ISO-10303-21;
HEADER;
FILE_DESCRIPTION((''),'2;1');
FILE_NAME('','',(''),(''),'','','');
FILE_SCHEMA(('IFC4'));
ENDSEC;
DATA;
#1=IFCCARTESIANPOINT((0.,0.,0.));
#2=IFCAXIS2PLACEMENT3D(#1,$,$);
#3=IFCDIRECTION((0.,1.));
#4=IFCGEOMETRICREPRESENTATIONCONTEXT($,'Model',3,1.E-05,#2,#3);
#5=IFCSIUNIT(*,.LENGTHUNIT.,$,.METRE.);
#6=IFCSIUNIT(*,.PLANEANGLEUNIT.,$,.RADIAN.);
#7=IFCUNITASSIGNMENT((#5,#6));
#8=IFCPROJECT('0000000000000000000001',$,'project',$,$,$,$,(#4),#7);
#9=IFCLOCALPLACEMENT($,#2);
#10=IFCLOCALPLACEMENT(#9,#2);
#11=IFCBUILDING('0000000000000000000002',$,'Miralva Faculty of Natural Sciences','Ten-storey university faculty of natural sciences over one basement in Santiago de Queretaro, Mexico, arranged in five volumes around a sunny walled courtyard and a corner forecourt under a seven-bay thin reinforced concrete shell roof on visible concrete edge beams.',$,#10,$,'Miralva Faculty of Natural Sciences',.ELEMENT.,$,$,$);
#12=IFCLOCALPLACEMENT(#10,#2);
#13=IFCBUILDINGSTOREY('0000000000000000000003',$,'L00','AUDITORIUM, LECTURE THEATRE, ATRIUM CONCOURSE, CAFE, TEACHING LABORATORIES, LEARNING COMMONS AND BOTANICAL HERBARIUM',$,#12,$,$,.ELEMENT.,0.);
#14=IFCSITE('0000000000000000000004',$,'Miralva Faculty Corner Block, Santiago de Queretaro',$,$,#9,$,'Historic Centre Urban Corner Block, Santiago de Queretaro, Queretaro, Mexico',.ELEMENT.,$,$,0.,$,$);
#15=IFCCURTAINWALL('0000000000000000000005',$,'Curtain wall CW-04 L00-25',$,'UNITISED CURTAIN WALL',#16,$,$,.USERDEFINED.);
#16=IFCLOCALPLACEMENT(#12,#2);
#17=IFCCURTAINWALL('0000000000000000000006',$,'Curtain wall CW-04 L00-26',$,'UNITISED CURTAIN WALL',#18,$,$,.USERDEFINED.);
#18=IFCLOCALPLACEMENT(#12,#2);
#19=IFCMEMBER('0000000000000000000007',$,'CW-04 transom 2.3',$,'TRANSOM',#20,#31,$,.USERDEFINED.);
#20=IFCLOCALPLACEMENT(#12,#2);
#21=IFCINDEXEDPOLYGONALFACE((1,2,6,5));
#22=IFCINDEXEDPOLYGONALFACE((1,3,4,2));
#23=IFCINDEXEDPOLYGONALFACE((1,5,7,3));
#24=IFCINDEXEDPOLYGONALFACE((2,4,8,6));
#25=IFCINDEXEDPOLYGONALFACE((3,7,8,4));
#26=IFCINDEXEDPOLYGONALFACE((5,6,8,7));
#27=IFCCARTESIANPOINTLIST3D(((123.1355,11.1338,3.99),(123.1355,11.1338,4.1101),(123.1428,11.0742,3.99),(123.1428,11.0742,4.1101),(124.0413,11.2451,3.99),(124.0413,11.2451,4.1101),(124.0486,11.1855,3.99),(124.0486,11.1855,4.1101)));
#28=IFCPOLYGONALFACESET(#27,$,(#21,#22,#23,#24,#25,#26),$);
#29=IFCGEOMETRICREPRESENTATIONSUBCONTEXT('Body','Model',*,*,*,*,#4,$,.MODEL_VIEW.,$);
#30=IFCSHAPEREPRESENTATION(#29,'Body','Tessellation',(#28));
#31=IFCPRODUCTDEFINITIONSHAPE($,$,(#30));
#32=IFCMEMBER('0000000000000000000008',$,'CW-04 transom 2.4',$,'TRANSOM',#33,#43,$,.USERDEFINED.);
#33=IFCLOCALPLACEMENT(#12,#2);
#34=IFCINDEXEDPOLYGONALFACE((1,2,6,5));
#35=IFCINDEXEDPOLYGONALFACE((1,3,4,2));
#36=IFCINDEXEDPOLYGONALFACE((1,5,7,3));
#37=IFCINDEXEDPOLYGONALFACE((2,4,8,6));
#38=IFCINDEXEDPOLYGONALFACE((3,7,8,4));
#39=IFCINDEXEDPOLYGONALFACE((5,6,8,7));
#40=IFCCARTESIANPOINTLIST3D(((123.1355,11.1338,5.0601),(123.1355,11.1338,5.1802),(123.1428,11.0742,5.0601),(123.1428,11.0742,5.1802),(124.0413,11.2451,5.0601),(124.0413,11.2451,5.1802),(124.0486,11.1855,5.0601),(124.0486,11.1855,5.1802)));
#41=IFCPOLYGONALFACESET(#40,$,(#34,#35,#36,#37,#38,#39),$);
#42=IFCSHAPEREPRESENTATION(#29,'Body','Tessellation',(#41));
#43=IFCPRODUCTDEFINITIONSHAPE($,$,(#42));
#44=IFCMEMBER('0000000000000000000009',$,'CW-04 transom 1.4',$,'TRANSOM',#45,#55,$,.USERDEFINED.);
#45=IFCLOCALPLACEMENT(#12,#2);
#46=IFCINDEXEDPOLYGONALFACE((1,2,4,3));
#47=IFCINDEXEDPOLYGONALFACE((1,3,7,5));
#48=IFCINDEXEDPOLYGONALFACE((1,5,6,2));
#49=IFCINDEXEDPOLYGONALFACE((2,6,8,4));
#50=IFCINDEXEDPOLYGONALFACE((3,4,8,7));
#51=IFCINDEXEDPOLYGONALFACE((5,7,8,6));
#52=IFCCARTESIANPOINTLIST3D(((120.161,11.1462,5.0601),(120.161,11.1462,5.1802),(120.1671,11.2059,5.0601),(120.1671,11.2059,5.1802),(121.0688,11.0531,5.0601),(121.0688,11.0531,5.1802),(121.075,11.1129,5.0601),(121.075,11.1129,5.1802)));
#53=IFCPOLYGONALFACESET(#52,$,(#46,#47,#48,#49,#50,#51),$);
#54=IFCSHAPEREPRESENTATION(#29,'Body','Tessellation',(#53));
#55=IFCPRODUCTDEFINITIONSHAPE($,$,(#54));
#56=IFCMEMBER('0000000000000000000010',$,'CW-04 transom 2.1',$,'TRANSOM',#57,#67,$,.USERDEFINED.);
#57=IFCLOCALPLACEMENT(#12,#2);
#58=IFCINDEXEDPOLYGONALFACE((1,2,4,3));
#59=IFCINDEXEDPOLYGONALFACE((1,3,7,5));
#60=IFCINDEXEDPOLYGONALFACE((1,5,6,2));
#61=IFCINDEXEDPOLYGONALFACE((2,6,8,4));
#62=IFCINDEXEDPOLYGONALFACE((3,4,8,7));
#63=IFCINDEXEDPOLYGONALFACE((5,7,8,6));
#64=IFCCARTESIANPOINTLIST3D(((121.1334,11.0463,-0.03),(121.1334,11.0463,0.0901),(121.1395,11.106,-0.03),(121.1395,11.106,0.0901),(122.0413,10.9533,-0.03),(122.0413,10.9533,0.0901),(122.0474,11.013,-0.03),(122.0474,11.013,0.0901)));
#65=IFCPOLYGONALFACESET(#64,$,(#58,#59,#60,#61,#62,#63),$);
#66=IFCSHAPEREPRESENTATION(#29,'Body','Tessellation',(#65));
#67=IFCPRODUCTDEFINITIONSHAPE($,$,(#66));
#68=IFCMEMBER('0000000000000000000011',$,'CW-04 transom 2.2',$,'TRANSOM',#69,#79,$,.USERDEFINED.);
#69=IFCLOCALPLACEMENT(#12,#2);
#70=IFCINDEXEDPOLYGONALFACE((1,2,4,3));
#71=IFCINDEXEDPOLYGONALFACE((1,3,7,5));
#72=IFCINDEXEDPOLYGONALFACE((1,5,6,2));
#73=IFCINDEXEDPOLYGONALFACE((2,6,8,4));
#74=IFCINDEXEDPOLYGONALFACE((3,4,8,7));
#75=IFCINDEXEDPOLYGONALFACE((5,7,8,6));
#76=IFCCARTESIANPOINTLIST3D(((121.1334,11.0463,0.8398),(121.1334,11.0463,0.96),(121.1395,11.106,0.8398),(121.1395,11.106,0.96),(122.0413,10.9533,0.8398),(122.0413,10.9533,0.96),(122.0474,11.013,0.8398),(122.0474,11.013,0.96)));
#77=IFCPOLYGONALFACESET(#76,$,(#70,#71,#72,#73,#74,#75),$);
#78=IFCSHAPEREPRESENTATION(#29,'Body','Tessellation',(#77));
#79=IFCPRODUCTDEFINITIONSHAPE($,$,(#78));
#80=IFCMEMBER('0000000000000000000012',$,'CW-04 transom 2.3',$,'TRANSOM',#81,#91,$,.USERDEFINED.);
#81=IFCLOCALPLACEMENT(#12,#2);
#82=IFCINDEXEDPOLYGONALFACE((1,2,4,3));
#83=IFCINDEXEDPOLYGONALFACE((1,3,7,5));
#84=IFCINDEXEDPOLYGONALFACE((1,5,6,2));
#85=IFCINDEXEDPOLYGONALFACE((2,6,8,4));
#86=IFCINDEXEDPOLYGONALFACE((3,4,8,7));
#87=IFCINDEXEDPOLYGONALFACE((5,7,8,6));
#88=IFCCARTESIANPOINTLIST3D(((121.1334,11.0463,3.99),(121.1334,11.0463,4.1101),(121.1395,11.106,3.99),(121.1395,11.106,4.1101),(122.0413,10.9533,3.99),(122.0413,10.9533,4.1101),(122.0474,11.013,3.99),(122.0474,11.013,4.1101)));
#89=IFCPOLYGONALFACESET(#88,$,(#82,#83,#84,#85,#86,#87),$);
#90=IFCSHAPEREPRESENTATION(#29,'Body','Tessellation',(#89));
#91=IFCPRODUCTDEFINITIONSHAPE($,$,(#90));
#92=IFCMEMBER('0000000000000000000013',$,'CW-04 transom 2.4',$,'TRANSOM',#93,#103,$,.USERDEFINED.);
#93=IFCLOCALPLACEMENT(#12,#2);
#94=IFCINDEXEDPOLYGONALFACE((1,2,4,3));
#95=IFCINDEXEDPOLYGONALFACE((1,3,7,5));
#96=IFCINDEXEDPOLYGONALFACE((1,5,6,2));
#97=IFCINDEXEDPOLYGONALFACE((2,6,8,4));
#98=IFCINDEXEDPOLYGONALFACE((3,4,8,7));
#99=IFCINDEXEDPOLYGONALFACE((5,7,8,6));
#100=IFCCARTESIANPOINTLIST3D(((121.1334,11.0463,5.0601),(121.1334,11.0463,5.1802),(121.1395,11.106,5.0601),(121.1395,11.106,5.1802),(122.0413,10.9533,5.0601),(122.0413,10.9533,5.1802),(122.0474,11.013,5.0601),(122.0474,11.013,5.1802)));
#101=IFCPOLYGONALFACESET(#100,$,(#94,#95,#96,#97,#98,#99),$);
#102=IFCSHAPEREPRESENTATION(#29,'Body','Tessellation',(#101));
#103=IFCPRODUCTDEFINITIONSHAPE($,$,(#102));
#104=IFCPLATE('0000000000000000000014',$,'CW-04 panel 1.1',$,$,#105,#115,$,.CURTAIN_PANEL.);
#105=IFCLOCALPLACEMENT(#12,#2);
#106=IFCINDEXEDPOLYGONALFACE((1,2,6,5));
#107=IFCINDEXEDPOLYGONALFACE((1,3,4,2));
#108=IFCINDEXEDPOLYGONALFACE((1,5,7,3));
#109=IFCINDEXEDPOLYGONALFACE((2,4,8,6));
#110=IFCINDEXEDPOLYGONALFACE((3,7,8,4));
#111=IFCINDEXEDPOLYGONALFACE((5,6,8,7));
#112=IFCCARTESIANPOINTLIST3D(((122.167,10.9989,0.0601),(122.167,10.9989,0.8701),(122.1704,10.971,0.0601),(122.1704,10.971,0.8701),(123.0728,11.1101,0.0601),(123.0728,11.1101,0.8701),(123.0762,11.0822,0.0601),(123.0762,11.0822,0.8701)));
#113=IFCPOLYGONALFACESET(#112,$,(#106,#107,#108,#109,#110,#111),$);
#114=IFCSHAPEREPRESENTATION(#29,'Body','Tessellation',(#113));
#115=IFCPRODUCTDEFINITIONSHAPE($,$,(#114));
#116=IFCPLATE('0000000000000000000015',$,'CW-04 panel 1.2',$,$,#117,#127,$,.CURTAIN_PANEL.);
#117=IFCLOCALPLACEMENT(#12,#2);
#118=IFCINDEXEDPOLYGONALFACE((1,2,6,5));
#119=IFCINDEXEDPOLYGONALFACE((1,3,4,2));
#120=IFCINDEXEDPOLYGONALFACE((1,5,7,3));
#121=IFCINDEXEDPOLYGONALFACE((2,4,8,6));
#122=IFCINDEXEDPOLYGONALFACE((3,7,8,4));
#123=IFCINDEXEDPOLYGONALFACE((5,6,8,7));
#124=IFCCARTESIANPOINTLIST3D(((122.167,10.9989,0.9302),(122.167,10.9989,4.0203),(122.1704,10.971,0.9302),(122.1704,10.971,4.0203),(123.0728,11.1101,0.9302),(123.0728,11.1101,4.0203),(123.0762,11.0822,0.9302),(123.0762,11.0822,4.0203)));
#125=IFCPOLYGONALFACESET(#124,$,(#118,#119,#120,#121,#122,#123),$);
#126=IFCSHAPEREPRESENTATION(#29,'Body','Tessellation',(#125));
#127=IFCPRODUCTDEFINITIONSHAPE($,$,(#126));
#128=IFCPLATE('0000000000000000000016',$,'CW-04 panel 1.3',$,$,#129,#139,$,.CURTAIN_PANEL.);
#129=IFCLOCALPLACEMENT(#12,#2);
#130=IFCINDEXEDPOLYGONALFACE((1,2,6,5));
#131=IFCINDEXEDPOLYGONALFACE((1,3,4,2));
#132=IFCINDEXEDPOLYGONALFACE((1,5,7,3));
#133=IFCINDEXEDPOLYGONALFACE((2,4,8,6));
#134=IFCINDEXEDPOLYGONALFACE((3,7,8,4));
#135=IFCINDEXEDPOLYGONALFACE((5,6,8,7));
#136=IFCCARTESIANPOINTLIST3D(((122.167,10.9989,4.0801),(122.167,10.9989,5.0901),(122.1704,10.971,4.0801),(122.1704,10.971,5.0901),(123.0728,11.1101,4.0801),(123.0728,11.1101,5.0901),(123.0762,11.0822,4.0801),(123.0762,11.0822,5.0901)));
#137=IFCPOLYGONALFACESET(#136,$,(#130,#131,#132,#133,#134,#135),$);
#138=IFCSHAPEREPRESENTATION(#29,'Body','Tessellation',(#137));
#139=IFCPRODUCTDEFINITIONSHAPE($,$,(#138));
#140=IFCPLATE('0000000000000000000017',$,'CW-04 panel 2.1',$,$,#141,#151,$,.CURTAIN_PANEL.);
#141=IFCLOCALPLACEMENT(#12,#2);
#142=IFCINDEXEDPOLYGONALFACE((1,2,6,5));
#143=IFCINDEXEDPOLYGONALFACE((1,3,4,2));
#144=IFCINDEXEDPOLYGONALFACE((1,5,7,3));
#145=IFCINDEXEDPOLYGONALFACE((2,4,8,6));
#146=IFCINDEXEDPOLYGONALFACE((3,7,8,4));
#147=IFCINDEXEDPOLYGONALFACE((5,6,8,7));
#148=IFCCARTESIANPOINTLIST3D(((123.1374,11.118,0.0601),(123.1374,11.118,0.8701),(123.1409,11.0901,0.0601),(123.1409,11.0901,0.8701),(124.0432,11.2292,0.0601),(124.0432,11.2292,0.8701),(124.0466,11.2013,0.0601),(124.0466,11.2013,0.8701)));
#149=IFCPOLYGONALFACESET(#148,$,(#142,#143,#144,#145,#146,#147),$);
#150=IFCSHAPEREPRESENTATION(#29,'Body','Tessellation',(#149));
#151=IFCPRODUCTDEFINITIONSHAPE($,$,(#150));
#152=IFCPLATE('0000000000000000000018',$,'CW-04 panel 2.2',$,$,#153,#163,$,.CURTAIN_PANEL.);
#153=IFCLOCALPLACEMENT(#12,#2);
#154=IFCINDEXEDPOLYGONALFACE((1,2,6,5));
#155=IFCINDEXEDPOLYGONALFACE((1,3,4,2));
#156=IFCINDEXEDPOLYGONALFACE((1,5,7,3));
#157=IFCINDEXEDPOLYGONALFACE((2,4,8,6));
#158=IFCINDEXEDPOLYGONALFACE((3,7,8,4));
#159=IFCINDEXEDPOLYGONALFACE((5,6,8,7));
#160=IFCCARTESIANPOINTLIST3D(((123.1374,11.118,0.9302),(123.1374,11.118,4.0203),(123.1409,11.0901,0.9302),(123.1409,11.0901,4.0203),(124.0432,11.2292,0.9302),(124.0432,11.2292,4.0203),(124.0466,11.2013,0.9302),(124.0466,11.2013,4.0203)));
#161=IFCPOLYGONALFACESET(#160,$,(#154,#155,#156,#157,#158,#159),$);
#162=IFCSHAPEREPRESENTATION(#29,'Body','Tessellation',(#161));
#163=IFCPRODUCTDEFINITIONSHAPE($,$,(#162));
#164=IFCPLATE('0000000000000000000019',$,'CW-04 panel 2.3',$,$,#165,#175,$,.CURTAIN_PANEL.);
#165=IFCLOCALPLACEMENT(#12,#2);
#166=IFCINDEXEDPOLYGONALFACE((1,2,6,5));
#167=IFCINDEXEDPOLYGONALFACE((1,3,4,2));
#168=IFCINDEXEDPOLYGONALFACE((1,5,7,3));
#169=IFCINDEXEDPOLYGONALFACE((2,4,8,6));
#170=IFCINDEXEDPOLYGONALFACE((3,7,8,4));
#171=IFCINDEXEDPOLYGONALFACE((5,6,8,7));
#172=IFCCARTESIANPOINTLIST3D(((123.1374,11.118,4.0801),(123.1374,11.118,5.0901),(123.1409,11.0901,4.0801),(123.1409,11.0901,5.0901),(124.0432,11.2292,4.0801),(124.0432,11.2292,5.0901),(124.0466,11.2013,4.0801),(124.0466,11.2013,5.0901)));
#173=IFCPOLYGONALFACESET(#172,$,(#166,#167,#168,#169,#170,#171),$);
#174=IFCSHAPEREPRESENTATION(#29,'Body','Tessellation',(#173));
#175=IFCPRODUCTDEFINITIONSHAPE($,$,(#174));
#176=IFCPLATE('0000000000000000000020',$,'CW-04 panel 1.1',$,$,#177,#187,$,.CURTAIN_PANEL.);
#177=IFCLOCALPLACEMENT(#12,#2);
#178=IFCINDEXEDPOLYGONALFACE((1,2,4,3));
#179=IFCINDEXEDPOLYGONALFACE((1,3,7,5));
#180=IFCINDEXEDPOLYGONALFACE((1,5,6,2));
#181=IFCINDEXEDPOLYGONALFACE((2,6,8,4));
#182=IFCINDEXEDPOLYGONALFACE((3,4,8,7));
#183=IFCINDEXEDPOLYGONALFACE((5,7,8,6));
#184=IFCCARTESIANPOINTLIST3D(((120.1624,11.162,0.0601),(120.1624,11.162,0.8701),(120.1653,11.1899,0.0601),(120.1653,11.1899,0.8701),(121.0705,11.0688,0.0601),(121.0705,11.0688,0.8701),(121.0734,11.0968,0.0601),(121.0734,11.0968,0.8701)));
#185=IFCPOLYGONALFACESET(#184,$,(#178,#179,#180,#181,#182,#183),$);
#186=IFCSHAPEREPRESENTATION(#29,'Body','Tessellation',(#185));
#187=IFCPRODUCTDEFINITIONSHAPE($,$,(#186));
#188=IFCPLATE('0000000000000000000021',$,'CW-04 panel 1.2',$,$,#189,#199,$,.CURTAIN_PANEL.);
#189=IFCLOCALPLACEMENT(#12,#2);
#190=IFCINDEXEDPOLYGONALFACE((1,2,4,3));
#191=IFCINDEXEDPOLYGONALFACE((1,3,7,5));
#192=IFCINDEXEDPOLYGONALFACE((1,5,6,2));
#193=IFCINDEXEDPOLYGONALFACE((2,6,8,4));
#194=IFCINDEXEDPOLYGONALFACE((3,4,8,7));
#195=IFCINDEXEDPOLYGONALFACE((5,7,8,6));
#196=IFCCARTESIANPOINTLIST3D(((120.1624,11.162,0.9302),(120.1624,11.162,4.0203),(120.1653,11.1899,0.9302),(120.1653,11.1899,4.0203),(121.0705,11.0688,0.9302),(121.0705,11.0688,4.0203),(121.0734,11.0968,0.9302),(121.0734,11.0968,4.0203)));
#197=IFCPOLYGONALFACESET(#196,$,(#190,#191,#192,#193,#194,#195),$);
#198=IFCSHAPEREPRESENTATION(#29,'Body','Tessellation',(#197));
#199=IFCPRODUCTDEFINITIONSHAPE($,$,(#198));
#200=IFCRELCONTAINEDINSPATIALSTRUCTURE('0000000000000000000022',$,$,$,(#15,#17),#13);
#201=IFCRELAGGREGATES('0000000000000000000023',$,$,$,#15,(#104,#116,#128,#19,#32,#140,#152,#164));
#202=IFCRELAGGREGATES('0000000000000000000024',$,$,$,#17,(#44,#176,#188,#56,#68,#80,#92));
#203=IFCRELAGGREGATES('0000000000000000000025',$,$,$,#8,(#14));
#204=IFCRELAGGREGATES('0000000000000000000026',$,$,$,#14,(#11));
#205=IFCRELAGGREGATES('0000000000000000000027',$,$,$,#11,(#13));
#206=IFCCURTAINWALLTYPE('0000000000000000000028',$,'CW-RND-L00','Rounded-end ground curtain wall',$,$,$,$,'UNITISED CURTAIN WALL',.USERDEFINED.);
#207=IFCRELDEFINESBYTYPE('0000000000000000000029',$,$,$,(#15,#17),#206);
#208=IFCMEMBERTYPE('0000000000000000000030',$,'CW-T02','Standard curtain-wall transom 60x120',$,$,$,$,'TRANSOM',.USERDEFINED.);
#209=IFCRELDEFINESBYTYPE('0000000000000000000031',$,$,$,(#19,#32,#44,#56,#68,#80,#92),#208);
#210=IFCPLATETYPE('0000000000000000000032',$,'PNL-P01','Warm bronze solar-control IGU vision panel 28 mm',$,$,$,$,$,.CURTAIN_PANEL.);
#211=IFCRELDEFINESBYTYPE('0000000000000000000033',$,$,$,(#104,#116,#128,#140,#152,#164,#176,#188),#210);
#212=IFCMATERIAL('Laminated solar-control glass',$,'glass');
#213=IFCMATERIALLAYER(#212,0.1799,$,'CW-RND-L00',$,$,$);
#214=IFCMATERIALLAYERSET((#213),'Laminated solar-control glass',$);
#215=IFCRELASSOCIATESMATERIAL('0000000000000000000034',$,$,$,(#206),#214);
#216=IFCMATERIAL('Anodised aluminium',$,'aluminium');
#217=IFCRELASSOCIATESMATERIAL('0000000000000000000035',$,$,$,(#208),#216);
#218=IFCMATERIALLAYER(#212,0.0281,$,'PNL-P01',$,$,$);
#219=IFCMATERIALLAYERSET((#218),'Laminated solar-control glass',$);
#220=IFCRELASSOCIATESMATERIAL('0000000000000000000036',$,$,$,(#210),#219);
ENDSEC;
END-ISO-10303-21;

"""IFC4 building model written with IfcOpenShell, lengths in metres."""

from ifc_helpers import new_model, si_unit, direction, frame, origin, origin_2d, place, context, subcontext, project, spatial, rectangle, extrude, material, layer, layer_set, material_profile, profile_set, type_object, element, aggregate, save


model = new_model("IFC4")

# Units and contexts
model_context = context("Model", 3, precision=1e-05, world=origin(), true_north=direction((0.0, 1.0)))
body_context = subcontext(model_context, "Body", "Model", "MODEL_VIEW")
ifc_project = project(units=[si_unit("LENGTHUNIT", "METRE"), si_unit("PLANEANGLEUNIT", "RADIAN")], contexts=[model_context])

# Site, building, storey
site_placement = place(None, origin())
site = spatial("IfcSite", under=ifc_project, at=site_placement, Name="Miralva Faculty Corner Block, Santiago de Queretaro", LongName="Historic Centre Urban Corner Block, Santiago de Queretaro, Queretaro, Mexico", CompositionType="ELEMENT", RefElevation=0.0)
building_placement = place(site_placement, origin())
building = spatial("IfcBuilding", under=site, at=building_placement, Name="Miralva Faculty of Natural Sciences", Description="Ten-storey university faculty of natural sciences over one basement in Santiago de Queretaro, Mexico, arranged in five volumes around a sunny walled courtyard and a corner forecourt under a seven-bay thin reinforced concrete shell roof on visible concrete edge beams.", LongName="Miralva Faculty of Natural Sciences", CompositionType="ELEMENT")
storey_placement = place(building_placement, origin())
storey = spatial("IfcBuildingStorey", under=building, at=storey_placement, Name="L00", Description="AUDITORIUM, LECTURE THEATRE, ATRIUM CONCOURSE, CAFE, TEACHING LABORATORIES, LEARNING COMMONS AND BOTANICAL HERBARIUM", CompositionType="ELEMENT", Elevation=0.0)

# Shared definitions
ifc_material_1 = material(Name="Laminated solar-control glass", Category="glass")
ifc_layer_1 = layer(ifc_material_1, 0.1799, Name="CW-RND-L00")
ifc_layer_set_1 = layer_set([ifc_layer_1], Name="Laminated solar-control glass")
curtain_wall_type = type_object("IfcCurtainWallType", Name="CW-RND-L00", Description="Rounded-end ground curtain wall", ElementType="UNITISED CURTAIN WALL", PredefinedType="USERDEFINED", material=ifc_layer_set_1)
ifc_material_2 = material(Name="Anodised aluminium", Category="aluminium")

# Curtain walls
curtain_wall_1_placement = place(storey_placement, origin())
curtain_wall_1 = element("IfcCurtainWall", 1, at=curtain_wall_1_placement, inside=storey, type_object=curtain_wall_type, Name="Curtain wall CW-04 L00-25", ObjectType="UNITISED CURTAIN WALL", PredefinedType="USERDEFINED")
curtain_wall_2_placement = place(storey_placement, origin())
curtain_wall_2 = element("IfcCurtainWall", 2, at=curtain_wall_2_placement, inside=storey, type_object=curtain_wall_type, Name="Curtain wall CW-04 L00-26", ObjectType="UNITISED CURTAIN WALL", PredefinedType="USERDEFINED")

# Members
ifc_material_profile_1 = material_profile(ifc_material_2, rectangle(XDim=0.0601, YDim=0.1201, at=origin_2d()), Name="TRANSOM 60x120")
ifc_profile_set_1 = profile_set([ifc_material_profile_1], Name="Anodised aluminium")
member_type_1 = type_object("IfcMemberType", Name="CW-T02", Description="Standard curtain-wall transom 60x120", ElementType="TRANSOM", PredefinedType="USERDEFINED", material=ifc_profile_set_1)
member_1_placement = place(storey_placement, frame((123.1392, 11.104, 4.05), z_axis=(0.992531, 0.121993, 0.0), x_axis=(-0.121993, 0.992531, 0.0)))
member_1 = element("IfcMember", 3, at=member_1_placement, type_object=member_type_1, Name="CW-04 transom 2.3", ObjectType="TRANSOM", PredefinedType="USERDEFINED", context=body_context, shape_type="SweptSolid", body=[
    extrude(rectangle(XDim=0.0601, YDim=0.1201, at=origin_2d()), origin(), (0.0, 0.0, 1.0), 0.9126),
])
member_2_placement = place(storey_placement, frame((123.1392, 11.104, 5.1201), z_axis=(0.992531, 0.121993, 0.0), x_axis=(-0.121993, 0.992531, 0.0)))
member_2 = element("IfcMember", 4, at=member_2_placement, type_object=member_type_1, Name="CW-04 transom 2.4", ObjectType="TRANSOM", PredefinedType="USERDEFINED", context=body_context, shape_type="SweptSolid", body=[
    extrude(rectangle(XDim=0.0601, YDim=0.1201, at=origin_2d()), origin(), (0.0, 0.0, 1.0), 0.9126),
])
member_3_placement = place(storey_placement, frame((120.1641, 11.176, 5.1201), z_axis=(0.994793, -0.101913, 0.0), x_axis=(0.101913, 0.994793, 0.0)))
member_3 = element("IfcMember", 5, at=member_3_placement, type_object=member_type_1, Name="CW-04 transom 1.4", ObjectType="TRANSOM", PredefinedType="USERDEFINED", context=body_context, shape_type="SweptSolid", body=[
    extrude(rectangle(XDim=0.0601, YDim=0.1201, at=origin_2d()), origin(), (0.0, 0.0, 1.0), 0.9126),
])
member_4_placement = place(storey_placement, frame((121.1365, 11.0762, 0.03), z_axis=(0.994793, -0.101913, 0.0), x_axis=(0.101913, 0.994793, 0.0)))
member_4 = element("IfcMember", 6, at=member_4_placement, type_object=member_type_1, Name="CW-04 transom 2.1", ObjectType="TRANSOM", PredefinedType="USERDEFINED", context=body_context, shape_type="SweptSolid", body=[
    extrude(rectangle(XDim=0.0601, YDim=0.1201, at=origin_2d()), origin(), (0.0, 0.0, 1.0), 0.9126),
])
member_5_placement = place(storey_placement, frame((121.1365, 11.0762, 0.8999), z_axis=(0.994793, -0.101913, 0.0), x_axis=(0.101913, 0.994793, 0.0)))
member_5 = element("IfcMember", 7, at=member_5_placement, type_object=member_type_1, Name="CW-04 transom 2.2", ObjectType="TRANSOM", PredefinedType="USERDEFINED", context=body_context, shape_type="SweptSolid", body=[
    extrude(rectangle(XDim=0.0601, YDim=0.1201, at=origin_2d()), origin(), (0.0, 0.0, 1.0), 0.9126),
])
member_6_placement = place(storey_placement, frame((121.1365, 11.0762, 4.05), z_axis=(0.994793, -0.101913, 0.0), x_axis=(0.101913, 0.994793, 0.0)))
member_6 = element("IfcMember", 8, at=member_6_placement, type_object=member_type_1, Name="CW-04 transom 2.3", ObjectType="TRANSOM", PredefinedType="USERDEFINED", context=body_context, shape_type="SweptSolid", body=[
    extrude(rectangle(XDim=0.0601, YDim=0.1201, at=origin_2d()), origin(), (0.0, 0.0, 1.0), 0.9126),
])
member_7_placement = place(storey_placement, frame((121.1365, 11.0762, 5.1201), z_axis=(0.994793, -0.101913, 0.0), x_axis=(0.101913, 0.994793, 0.0)))
member_7 = element("IfcMember", 9, at=member_7_placement, type_object=member_type_1, Name="CW-04 transom 2.4", ObjectType="TRANSOM", PredefinedType="USERDEFINED", context=body_context, shape_type="SweptSolid", body=[
    extrude(rectangle(XDim=0.0601, YDim=0.1201, at=origin_2d()), origin(), (0.0, 0.0, 1.0), 0.9126),
])

# Plates
ifc_layer_2 = layer(ifc_material_1, 0.0281, Name="PNL-P01")
ifc_layer_set_2 = layer_set([ifc_layer_2], Name="Laminated solar-control glass")
plate_type = type_object("IfcPlateType", Name="PNL-P01", Description="Warm bronze solar-control IGU vision panel 28 mm", PredefinedType="CURTAIN_PANEL", material=ifc_layer_set_2)
plate_1_placement = place(storey_placement, frame((122.6216, 11.0405, 0.0601), z_axis=(0.0, 0.0, 1.0), x_axis=(0.992547, 0.12186, 0.0)))
plate_1 = element("IfcPlate", 10, at=plate_1_placement, type_object=plate_type, Name="CW-04 panel 1.1", PredefinedType="CURTAIN_PANEL", context=body_context, shape_type="SweptSolid", body=[
    extrude(rectangle(XDim=0.9126, YDim=0.0281, at=origin_2d()), origin(), (0.0, 0.0, 1.0), 0.8101),
])
plate_2_placement = place(storey_placement, frame((122.6216, 11.0405, 0.9302), z_axis=(0.0, 0.0, 1.0), x_axis=(0.992547, 0.12186, 0.0)))
plate_2 = element("IfcPlate", 11, at=plate_2_placement, type_object=plate_type, Name="CW-04 panel 1.2", PredefinedType="CURTAIN_PANEL", context=body_context, shape_type="SweptSolid", body=[
    extrude(rectangle(XDim=0.9126, YDim=0.0281, at=origin_2d()), origin(), (0.0, 0.0, 1.0), 3.0901),
])
plate_3_placement = place(storey_placement, frame((122.6216, 11.0405, 4.0801), z_axis=(0.0, 0.0, 1.0), x_axis=(0.992547, 0.12186, 0.0)))
plate_3 = element("IfcPlate", 12, at=plate_3_placement, type_object=plate_type, Name="CW-04 panel 1.3", PredefinedType="CURTAIN_PANEL", context=body_context, shape_type="SweptSolid", body=[
    extrude(rectangle(XDim=0.9126, YDim=0.0281, at=origin_2d()), origin(), (0.0, 0.0, 1.0), 1.01),
])
plate_4_placement = place(storey_placement, frame((123.592, 11.1597, 0.0601), z_axis=(0.0, 0.0, 1.0), x_axis=(0.992547, 0.12186, 0.0)))
plate_4 = element("IfcPlate", 13, at=plate_4_placement, type_object=plate_type, Name="CW-04 panel 2.1", PredefinedType="CURTAIN_PANEL", context=body_context, shape_type="SweptSolid", body=[
    extrude(rectangle(XDim=0.9126, YDim=0.0281, at=origin_2d()), origin(), (0.0, 0.0, 1.0), 0.8101),
])
plate_5_placement = place(storey_placement, frame((123.592, 11.1597, 0.9302), z_axis=(0.0, 0.0, 1.0), x_axis=(0.992547, 0.12186, 0.0)))
plate_5 = element("IfcPlate", 14, at=plate_5_placement, type_object=plate_type, Name="CW-04 panel 2.2", PredefinedType="CURTAIN_PANEL", context=body_context, shape_type="SweptSolid", body=[
    extrude(rectangle(XDim=0.9126, YDim=0.0281, at=origin_2d()), origin(), (0.0, 0.0, 1.0), 3.0901),
])
plate_6_placement = place(storey_placement, frame((123.592, 11.1597, 4.0801), z_axis=(0.0, 0.0, 1.0), x_axis=(0.992547, 0.12186, 0.0)))
plate_6 = element("IfcPlate", 15, at=plate_6_placement, type_object=plate_type, Name="CW-04 panel 2.3", PredefinedType="CURTAIN_PANEL", context=body_context, shape_type="SweptSolid", body=[
    extrude(rectangle(XDim=0.9126, YDim=0.0281, at=origin_2d()), origin(), (0.0, 0.0, 1.0), 1.01),
])
aggregate(curtain_wall_1, [plate_1, plate_2, plate_3, member_1, member_2, plate_4, plate_5, plate_6])
plate_7_placement = place(storey_placement, frame((120.6179, 11.1294, 0.0601), z_axis=(0.0, 0.0, 1.0), x_axis=(0.994779, -0.102056, 0.0)))
plate_7 = element("IfcPlate", 16, at=plate_7_placement, type_object=plate_type, Name="CW-04 panel 1.1", PredefinedType="CURTAIN_PANEL", context=body_context, shape_type="SweptSolid", body=[
    extrude(rectangle(XDim=0.9128, YDim=0.0281, at=origin_2d()), origin(), (0.0, 0.0, 1.0), 0.8101),
])
plate_8_placement = place(storey_placement, frame((120.6179, 11.1294, 0.9302), z_axis=(0.0, 0.0, 1.0), x_axis=(0.994779, -0.102056, 0.0)))
plate_8 = element("IfcPlate", 17, at=plate_8_placement, type_object=plate_type, Name="CW-04 panel 1.2", PredefinedType="CURTAIN_PANEL", context=body_context, shape_type="SweptSolid", body=[
    extrude(rectangle(XDim=0.9128, YDim=0.0281, at=origin_2d()), origin(), (0.0, 0.0, 1.0), 3.0901),
])
aggregate(curtain_wall_2, [member_3, plate_7, plate_8, member_4, member_5, member_6, member_7])

save(model, "model.ifc")
